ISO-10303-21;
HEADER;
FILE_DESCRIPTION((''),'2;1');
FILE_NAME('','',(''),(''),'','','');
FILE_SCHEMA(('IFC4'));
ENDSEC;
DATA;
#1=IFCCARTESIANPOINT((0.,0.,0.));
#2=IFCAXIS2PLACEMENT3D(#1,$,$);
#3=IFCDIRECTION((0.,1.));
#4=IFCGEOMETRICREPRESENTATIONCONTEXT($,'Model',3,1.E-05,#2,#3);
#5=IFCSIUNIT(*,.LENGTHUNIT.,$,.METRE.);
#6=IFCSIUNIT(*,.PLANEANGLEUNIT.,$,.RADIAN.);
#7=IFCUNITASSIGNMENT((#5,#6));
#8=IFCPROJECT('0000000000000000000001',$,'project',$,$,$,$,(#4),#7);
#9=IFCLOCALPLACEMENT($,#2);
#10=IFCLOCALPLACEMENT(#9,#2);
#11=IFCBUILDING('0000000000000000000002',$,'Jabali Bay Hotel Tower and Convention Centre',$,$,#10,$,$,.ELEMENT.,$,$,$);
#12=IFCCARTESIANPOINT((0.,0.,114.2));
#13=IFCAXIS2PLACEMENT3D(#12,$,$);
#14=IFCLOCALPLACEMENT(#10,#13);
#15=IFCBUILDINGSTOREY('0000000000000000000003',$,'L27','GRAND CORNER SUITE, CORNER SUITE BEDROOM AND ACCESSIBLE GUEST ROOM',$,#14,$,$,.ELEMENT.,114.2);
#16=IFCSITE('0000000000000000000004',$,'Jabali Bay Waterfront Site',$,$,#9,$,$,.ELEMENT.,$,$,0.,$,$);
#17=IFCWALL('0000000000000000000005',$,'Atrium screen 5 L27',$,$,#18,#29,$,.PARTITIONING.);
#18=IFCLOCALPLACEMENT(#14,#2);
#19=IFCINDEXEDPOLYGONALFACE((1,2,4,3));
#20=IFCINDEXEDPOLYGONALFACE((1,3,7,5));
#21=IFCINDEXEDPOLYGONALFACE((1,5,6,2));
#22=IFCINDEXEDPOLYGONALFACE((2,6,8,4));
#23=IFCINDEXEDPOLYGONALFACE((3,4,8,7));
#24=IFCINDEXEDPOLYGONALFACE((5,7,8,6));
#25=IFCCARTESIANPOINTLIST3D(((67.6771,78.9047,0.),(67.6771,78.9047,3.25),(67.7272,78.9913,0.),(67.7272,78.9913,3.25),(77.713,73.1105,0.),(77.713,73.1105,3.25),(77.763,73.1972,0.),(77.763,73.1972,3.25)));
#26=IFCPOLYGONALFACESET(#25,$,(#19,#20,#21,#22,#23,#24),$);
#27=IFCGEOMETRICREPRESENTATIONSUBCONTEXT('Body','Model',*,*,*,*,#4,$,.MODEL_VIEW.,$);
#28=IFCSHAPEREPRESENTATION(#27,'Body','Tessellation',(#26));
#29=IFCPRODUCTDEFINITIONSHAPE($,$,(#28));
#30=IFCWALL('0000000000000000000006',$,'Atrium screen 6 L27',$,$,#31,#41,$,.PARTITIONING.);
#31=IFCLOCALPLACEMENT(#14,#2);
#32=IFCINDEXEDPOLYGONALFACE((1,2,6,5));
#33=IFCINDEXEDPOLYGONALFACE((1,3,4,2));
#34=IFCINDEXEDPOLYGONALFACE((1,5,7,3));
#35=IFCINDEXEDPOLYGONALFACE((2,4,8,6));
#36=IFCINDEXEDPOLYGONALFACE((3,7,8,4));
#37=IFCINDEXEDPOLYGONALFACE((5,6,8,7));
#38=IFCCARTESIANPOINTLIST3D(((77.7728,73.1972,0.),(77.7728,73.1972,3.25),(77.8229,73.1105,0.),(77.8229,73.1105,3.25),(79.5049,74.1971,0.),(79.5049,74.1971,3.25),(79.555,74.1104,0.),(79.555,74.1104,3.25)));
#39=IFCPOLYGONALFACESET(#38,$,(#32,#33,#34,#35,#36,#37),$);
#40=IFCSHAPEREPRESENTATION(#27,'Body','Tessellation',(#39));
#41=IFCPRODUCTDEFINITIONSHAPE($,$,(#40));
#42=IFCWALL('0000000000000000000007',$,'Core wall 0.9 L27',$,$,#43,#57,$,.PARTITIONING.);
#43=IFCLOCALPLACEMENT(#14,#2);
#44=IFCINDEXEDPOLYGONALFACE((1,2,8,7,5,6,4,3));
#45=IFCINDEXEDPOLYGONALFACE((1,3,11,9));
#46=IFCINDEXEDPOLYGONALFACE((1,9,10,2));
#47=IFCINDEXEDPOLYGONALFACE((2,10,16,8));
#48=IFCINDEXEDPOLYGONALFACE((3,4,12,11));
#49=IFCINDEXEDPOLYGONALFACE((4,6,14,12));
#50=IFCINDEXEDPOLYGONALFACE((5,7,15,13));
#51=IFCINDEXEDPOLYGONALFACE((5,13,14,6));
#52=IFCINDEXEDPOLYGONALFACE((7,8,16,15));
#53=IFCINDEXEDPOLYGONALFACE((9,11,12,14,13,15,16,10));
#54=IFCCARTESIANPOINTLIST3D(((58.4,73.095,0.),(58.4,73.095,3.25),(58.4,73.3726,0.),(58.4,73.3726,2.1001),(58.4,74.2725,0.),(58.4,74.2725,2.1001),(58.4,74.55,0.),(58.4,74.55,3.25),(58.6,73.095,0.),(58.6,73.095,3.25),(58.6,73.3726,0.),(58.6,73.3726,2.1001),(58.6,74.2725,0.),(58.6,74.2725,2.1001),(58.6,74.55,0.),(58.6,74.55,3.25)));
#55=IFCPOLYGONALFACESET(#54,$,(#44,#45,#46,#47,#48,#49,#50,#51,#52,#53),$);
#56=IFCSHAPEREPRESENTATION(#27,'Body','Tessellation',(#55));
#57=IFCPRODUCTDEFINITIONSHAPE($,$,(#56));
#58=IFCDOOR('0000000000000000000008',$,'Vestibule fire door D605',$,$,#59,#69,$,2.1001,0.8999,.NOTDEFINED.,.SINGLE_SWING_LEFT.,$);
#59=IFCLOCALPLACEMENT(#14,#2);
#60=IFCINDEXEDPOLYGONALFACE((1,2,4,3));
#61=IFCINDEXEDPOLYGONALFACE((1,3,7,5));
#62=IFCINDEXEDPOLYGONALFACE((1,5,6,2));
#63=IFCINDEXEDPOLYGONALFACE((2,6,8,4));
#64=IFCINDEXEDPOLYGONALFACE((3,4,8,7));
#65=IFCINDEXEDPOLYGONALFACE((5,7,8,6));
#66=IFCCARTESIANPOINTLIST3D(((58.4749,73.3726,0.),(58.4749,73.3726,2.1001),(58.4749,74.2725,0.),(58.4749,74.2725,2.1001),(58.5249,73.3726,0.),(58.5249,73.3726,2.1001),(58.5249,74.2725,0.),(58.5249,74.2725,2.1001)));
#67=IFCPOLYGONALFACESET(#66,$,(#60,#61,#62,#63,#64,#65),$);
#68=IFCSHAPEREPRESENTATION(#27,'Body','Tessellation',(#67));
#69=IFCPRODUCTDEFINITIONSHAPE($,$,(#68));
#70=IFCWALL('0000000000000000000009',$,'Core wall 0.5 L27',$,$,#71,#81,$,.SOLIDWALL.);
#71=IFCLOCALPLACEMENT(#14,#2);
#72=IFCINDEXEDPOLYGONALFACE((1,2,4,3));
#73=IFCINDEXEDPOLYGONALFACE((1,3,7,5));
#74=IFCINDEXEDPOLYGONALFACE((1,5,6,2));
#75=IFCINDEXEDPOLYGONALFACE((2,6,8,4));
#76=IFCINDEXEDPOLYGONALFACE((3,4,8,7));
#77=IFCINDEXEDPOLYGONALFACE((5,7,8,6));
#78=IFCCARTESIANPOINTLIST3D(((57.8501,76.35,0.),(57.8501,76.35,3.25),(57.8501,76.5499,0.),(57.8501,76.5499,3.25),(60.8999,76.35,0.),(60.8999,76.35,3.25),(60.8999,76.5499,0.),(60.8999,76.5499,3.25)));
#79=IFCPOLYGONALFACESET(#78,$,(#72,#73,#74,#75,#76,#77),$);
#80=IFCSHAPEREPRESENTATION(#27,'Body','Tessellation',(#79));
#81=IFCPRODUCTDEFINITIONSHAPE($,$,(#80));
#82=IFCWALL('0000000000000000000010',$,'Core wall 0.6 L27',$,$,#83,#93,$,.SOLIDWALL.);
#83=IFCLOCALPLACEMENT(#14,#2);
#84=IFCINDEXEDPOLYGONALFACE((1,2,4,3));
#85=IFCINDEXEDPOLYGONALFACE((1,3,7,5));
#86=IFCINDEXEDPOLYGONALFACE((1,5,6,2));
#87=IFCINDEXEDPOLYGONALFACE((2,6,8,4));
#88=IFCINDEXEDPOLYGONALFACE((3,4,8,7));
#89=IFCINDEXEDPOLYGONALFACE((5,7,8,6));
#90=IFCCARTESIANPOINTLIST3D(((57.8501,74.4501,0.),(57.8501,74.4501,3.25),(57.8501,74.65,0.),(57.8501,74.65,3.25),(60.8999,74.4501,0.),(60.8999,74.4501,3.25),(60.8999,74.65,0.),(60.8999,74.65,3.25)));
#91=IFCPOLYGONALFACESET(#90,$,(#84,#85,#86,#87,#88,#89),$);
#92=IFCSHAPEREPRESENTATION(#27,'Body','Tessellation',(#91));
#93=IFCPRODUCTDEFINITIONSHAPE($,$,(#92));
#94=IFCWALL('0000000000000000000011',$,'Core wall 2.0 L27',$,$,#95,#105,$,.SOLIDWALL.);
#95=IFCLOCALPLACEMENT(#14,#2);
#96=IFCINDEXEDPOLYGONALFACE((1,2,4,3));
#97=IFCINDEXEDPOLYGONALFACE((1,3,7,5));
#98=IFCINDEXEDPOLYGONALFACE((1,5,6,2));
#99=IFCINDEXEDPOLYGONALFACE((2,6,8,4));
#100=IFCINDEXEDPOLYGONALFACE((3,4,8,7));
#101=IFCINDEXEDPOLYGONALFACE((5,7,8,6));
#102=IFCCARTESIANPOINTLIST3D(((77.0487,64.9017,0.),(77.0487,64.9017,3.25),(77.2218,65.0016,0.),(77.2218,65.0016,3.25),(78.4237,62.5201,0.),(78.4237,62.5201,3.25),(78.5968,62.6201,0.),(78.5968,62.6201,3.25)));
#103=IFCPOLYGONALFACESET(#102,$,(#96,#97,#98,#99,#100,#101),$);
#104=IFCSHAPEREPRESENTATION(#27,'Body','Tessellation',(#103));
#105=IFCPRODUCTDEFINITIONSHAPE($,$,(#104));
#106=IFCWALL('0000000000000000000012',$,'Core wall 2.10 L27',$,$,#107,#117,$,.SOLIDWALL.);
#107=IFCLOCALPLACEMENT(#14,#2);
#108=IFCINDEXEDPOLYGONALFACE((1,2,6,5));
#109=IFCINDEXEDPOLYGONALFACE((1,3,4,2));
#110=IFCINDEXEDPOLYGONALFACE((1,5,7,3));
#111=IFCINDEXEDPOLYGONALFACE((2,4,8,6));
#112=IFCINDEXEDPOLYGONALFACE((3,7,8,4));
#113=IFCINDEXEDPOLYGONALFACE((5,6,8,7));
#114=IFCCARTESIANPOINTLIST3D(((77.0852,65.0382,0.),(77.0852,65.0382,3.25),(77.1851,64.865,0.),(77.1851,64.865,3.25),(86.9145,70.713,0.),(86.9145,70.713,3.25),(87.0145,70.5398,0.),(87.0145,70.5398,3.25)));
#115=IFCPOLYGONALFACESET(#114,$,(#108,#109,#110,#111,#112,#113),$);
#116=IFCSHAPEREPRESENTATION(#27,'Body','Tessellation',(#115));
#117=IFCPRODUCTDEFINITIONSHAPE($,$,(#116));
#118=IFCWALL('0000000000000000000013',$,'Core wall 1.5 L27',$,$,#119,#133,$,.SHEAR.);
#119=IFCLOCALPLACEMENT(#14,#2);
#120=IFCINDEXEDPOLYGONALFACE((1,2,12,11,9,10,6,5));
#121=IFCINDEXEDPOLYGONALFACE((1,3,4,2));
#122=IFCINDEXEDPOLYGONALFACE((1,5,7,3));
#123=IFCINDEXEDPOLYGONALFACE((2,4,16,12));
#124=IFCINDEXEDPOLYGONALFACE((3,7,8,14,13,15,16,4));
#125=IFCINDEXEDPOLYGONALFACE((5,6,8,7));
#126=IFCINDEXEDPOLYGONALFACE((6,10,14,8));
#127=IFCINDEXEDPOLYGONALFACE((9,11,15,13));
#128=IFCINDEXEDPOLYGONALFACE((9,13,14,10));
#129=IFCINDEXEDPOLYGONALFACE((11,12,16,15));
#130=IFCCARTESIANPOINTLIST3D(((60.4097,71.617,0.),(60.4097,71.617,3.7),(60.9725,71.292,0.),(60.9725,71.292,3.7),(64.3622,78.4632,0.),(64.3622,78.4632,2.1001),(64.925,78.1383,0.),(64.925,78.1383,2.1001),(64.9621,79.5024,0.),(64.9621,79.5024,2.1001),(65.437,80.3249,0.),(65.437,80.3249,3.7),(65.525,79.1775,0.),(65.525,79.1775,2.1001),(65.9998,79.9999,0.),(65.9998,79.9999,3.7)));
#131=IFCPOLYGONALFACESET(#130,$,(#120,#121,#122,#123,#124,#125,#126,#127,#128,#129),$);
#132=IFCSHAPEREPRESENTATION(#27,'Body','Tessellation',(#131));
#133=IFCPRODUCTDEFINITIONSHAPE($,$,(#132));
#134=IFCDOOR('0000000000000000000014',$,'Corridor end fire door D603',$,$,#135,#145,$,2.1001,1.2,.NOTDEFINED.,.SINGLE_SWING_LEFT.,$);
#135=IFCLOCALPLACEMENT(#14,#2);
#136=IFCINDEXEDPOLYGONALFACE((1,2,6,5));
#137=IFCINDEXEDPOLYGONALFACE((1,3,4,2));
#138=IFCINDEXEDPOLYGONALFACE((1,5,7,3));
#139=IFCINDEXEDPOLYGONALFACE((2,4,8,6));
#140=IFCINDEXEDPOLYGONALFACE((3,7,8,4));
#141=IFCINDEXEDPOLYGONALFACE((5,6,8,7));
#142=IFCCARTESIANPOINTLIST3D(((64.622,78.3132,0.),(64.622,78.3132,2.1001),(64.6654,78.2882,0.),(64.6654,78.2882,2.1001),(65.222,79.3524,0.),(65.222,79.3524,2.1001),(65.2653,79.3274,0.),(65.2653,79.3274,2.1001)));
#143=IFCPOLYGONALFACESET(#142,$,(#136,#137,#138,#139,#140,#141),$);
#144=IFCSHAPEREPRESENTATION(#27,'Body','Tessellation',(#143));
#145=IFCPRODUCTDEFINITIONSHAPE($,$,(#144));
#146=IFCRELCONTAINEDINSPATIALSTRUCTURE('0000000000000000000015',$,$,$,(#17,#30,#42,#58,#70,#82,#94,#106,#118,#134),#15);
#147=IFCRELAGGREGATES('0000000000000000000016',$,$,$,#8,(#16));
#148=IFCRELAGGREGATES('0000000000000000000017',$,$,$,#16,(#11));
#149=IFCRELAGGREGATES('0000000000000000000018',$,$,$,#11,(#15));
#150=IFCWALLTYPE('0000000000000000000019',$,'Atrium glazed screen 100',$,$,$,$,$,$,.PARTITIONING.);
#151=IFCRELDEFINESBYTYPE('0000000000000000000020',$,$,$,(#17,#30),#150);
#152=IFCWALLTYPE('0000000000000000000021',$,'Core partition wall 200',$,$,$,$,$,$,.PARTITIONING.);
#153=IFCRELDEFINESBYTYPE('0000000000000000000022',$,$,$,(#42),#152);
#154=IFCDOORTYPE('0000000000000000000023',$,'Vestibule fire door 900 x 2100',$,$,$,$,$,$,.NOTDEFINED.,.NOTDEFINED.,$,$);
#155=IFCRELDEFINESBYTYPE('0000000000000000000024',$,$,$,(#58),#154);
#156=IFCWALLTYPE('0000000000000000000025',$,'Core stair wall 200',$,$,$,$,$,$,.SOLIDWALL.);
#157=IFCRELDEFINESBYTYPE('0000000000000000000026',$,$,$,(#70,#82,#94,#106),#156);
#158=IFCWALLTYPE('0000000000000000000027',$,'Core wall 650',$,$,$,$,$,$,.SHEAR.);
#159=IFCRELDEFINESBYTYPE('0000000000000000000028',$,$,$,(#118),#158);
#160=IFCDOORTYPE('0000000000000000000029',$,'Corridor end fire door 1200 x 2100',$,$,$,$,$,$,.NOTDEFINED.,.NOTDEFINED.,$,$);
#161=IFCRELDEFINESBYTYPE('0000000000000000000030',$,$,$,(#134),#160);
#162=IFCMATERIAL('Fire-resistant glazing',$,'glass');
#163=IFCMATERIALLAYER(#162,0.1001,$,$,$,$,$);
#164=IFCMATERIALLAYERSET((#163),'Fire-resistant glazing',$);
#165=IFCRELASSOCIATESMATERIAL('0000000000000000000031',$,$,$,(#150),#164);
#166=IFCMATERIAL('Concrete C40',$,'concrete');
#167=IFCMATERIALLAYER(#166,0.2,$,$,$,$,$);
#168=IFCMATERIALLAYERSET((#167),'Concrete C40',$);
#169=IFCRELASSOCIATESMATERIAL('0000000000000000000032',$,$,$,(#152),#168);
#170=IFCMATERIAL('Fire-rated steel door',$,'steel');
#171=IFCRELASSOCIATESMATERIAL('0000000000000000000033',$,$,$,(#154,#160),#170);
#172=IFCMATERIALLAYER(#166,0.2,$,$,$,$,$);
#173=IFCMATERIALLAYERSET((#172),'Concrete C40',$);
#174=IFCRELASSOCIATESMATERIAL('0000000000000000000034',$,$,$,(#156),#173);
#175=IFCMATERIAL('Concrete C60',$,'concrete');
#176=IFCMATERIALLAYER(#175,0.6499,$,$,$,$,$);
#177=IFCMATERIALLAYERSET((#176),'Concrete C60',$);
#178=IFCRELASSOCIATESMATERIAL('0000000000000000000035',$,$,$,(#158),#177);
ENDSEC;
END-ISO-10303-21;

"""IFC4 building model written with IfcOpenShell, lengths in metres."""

from ifc_helpers import new_model, si_unit, direction, frame, frame_2d, origin, place, context, subcontext, project, spatial, rectangle, extrude, material, layer, layer_set, type_object, element, fill, save


model = new_model("IFC4")

# Units and contexts
model_context = context("Model", 3, precision=1e-05, world=origin(), true_north=direction((0.0, 1.0)))
body_context = subcontext(model_context, "Body", "Model", "MODEL_VIEW")
ifc_project = project(units=[si_unit("LENGTHUNIT", "METRE"), si_unit("PLANEANGLEUNIT", "RADIAN")], contexts=[model_context])

# Site, building, storey
site_placement = place(None, origin())
site = spatial("IfcSite", under=ifc_project, at=site_placement, Name="Jabali Bay Waterfront Site", CompositionType="ELEMENT", RefElevation=0.0)
building_placement = place(site_placement, origin())
building = spatial("IfcBuilding", under=site, at=building_placement, Name="Jabali Bay Hotel Tower and Convention Centre", CompositionType="ELEMENT")
storey_placement = place(building_placement, frame((0.0, 0.0, 114.2)))
storey = spatial("IfcBuildingStorey", under=building, at=storey_placement, Name="L27", Description="GRAND CORNER SUITE, CORNER SUITE BEDROOM AND ACCESSIBLE GUEST ROOM", CompositionType="ELEMENT", Elevation=114.2)

# Walls
ifc_material_1 = material(Name="Fire-resistant glazing", Category="glass")
ifc_layer_1 = layer(ifc_material_1, 0.1001)
ifc_layer_set_1 = layer_set([ifc_layer_1], Name="Fire-resistant glazing")
wall_type_1 = type_object("IfcWallType", Name="Atrium glazed screen 100", PredefinedType="PARTITIONING", material=ifc_layer_set_1)
wall_1_placement = place(storey_placement, frame((67.7021, 78.948, 0.0), z_axis=(0.0, 0.0, 1.0), x_axis=(0.866027, -0.499998, 0.0)))
element("IfcWall", 1, at=wall_1_placement, inside=storey, type_object=wall_type_1, Name="Atrium screen 5 L27", PredefinedType="PARTITIONING", context=body_context, shape_type="SweptSolid", body=[
    extrude(rectangle(XDim=11.5884, YDim=0.1001, at=frame_2d((5.7942, 0.0))), origin(), (0.0, 0.0, 1.0), 3.25),
])
wall_2_placement = place(storey_placement, frame((77.7979, 73.1538, 0.0), z_axis=(0.0, 0.0, 1.0), x_axis=(0.866041, 0.499973, 0.0)))
element("IfcWall", 2, at=wall_2_placement, inside=storey, type_object=wall_type_1, Name="Atrium screen 6 L27", PredefinedType="PARTITIONING", context=body_context, shape_type="SweptSolid", body=[
    extrude(rectangle(XDim=2.0, YDim=0.1001, at=frame_2d((1.0, 0.0))), origin(), (0.0, 0.0, 1.0), 3.25),
])

# Wall, opening, door
ifc_material_2 = material(Name="Concrete C40", Category="concrete")
ifc_layer_2 = layer(ifc_material_2, 0.2)
ifc_layer_set_2 = layer_set([ifc_layer_2], Name="Concrete C40")
wall_type_2 = type_object("IfcWallType", Name="Core partition wall 200", PredefinedType="PARTITIONING", material=ifc_layer_set_2)
wall_3_placement = place(storey_placement, frame((58.5, 74.55, 0.0), z_axis=(0.0, 0.0, 1.0), x_axis=(0.0, -1.0, 0.0)))
wall_3 = element("IfcWall", 3, at=wall_3_placement, inside=storey, type_object=wall_type_2, Name="Core wall 0.9 L27", PredefinedType="PARTITIONING", context=body_context, shape_type="SweptSolid", body=[
    extrude(rectangle(XDim=1.4551, YDim=0.2, at=frame_2d((0.7275, 0.0))), origin(), (0.0, 0.0, 1.0), 3.25),
])
opening_1_placement = place(wall_3_placement, frame((0.2776, 0.0, 0.0)))
opening_1 = element("IfcOpeningElement", 4, at=opening_1_placement, cuts=wall_3, PredefinedType="OPENING", context=body_context, shape_type="SweptSolid", body=[
    extrude(rectangle(XDim=0.8999, YDim=2.1001, at=frame_2d((0.45, 1.05))), frame((0.0, 0.1104, 0.0), z_axis=(0.0, -1.0, 0.0), x_axis=(1.0, 0.0, 0.0)), (0.0, 0.0, 1.0), 0.2209),
])
ifc_material_3 = material(Name="Fire-rated steel door", Category="steel")
door_type_1 = type_object("IfcDoorType", Name="Vestibule fire door 900 x 2100", OperationType="NOTDEFINED", PredefinedType="NOTDEFINED", material=ifc_material_3)
door_1_placement = place(opening_1_placement, origin())
door_1 = element("IfcDoor", 5, at=door_1_placement, inside=storey, type_object=door_type_1, Name="Vestibule fire door D605", OperationType="SINGLE_SWING_LEFT", OverallHeight=2.1001, OverallWidth=0.8999, PredefinedType="NOTDEFINED", context=body_context, shape_type="SweptSolid", body=[
    extrude(rectangle(XDim=0.8999, YDim=2.1001, at=frame_2d((0.45, 1.05))), frame((0.0, 0.0249, 0.0), z_axis=(0.0, -1.0, 0.0), x_axis=(1.0, 0.0, 0.0)), (0.0, 0.0, 1.0), 0.05),
])
fill(opening_1, door_1)

# Walls
ifc_layer_3 = layer(ifc_material_2, 0.2)
ifc_layer_set_3 = layer_set([ifc_layer_3], Name="Concrete C40")
wall_type_3 = type_object("IfcWallType", Name="Core stair wall 200", PredefinedType="SOLIDWALL", material=ifc_layer_set_3)
for number, where, z_axis, x_axis, name in (
    (6, (60.8999, 76.45, 0.0), (0.0, 0.0, 1.0), (-1.0, 0.0, 0.0), "Core wall 0.5 L27"),
    (7, (60.8999, 74.55, 0.0), (0.0, 0.0, 1.0), (-1.0, 0.0, 0.0), "Core wall 0.6 L27"),
):
    element("IfcWall", number, at=place(storey_placement, frame(where, z_axis=z_axis, x_axis=x_axis)), inside=storey, type_object=wall_type_3, Name=name, PredefinedType="SOLIDWALL", context=body_context, shape_type="SweptSolid", body=[
        extrude(rectangle(XDim=3.0498, YDim=0.2, at=frame_2d((1.5249, 0.0))), origin(), (0.0, 0.0, 1.0), 3.25),
    ])
wall_4_placement = place(storey_placement, frame((77.1353, 64.9517, 0.0), z_axis=(0.0, 0.0, 1.0), x_axis=(0.499997, -0.866027, 0.0)))
element("IfcWall", 8, at=wall_4_placement, inside=storey, type_object=wall_type_3, Name="Core wall 2.0 L27", PredefinedType="SOLIDWALL", context=body_context, shape_type="SweptSolid", body=[
    extrude(rectangle(XDim=2.75, YDim=0.2, at=frame_2d((1.375, 0.0))), origin(), (0.0, 0.0, 1.0), 3.25),
])
wall_5_placement = place(storey_placement, frame((77.1353, 64.9517, 0.0), z_axis=(0.0, 0.0, 1.0), x_axis=(0.866032, 0.499989, 0.0)))
element("IfcWall", 9, at=wall_5_placement, inside=storey, type_object=wall_type_3, Name="Core wall 2.10 L27", PredefinedType="SOLIDWALL", context=body_context, shape_type="SweptSolid", body=[
    extrude(rectangle(XDim=11.3499, YDim=0.2, at=frame_2d((5.6748, 0.0))), origin(), (0.0, 0.0, 1.0), 3.25),
])

# Wall, opening, door
ifc_material_4 = material(Name="Concrete C60", Category="concrete")
ifc_layer_4 = layer(ifc_material_4, 0.6499)
ifc_layer_set_4 = layer_set([ifc_layer_4], Name="Concrete C60")
wall_type_4 = type_object("IfcWallType", Name="Core wall 650", PredefinedType="SHEAR", material=ifc_layer_set_4)
wall_6_placement = place(storey_placement, frame((60.6912, 71.4546, 0.0), z_axis=(0.0, 0.0, 1.0), x_axis=(0.499983, 0.866035, 0.0)))
wall_6 = element("IfcWall", 10, at=wall_6_placement, inside=storey, type_object=wall_type_4, Name="Core wall 1.5 L27", PredefinedType="SHEAR", context=body_context, shape_type="SweptSolid", body=[
    extrude(rectangle(XDim=10.0549, YDim=0.6499, at=frame_2d((5.0273, 0.0))), origin(), (0.0, 0.0, 1.0), 3.7),
])
opening_2_placement = place(wall_6_placement, frame((7.905, 0.0, 0.0)))
opening_2 = element("IfcOpeningElement", 11, at=opening_2_placement, cuts=wall_6, PredefinedType="OPENING", context=body_context, shape_type="SweptSolid", body=[
    extrude(rectangle(XDim=1.2, YDim=2.1001, at=frame_2d((0.6001, 1.05))), frame((0.0, 0.3354, 0.0), z_axis=(0.0, -1.0, 0.0), x_axis=(1.0, 0.0, 0.0)), (0.0, 0.0, 1.0), 0.6709),
])
door_type_2 = type_object("IfcDoorType", Name="Corridor end fire door 1200 x 2100", OperationType="NOTDEFINED", PredefinedType="NOTDEFINED", material=ifc_material_3)
door_2_placement = place(opening_2_placement, origin())
door_2 = element("IfcDoor", 12, at=door_2_placement, inside=storey, type_object=door_type_2, Name="Corridor end fire door D603", OperationType="SINGLE_SWING_LEFT", OverallHeight=2.1001, OverallWidth=1.2, PredefinedType="NOTDEFINED", context=body_context, shape_type="SweptSolid", body=[
    extrude(rectangle(XDim=1.2, YDim=2.1001, at=frame_2d((0.6001, 1.05))), frame((0.0, 0.0249, 0.0), z_axis=(0.0, -1.0, 0.0), x_axis=(1.0, 0.0, 0.0)), (0.0, 0.0, 1.0), 0.05),
])
fill(opening_2, door_2)

save(model, "model.ifc")
